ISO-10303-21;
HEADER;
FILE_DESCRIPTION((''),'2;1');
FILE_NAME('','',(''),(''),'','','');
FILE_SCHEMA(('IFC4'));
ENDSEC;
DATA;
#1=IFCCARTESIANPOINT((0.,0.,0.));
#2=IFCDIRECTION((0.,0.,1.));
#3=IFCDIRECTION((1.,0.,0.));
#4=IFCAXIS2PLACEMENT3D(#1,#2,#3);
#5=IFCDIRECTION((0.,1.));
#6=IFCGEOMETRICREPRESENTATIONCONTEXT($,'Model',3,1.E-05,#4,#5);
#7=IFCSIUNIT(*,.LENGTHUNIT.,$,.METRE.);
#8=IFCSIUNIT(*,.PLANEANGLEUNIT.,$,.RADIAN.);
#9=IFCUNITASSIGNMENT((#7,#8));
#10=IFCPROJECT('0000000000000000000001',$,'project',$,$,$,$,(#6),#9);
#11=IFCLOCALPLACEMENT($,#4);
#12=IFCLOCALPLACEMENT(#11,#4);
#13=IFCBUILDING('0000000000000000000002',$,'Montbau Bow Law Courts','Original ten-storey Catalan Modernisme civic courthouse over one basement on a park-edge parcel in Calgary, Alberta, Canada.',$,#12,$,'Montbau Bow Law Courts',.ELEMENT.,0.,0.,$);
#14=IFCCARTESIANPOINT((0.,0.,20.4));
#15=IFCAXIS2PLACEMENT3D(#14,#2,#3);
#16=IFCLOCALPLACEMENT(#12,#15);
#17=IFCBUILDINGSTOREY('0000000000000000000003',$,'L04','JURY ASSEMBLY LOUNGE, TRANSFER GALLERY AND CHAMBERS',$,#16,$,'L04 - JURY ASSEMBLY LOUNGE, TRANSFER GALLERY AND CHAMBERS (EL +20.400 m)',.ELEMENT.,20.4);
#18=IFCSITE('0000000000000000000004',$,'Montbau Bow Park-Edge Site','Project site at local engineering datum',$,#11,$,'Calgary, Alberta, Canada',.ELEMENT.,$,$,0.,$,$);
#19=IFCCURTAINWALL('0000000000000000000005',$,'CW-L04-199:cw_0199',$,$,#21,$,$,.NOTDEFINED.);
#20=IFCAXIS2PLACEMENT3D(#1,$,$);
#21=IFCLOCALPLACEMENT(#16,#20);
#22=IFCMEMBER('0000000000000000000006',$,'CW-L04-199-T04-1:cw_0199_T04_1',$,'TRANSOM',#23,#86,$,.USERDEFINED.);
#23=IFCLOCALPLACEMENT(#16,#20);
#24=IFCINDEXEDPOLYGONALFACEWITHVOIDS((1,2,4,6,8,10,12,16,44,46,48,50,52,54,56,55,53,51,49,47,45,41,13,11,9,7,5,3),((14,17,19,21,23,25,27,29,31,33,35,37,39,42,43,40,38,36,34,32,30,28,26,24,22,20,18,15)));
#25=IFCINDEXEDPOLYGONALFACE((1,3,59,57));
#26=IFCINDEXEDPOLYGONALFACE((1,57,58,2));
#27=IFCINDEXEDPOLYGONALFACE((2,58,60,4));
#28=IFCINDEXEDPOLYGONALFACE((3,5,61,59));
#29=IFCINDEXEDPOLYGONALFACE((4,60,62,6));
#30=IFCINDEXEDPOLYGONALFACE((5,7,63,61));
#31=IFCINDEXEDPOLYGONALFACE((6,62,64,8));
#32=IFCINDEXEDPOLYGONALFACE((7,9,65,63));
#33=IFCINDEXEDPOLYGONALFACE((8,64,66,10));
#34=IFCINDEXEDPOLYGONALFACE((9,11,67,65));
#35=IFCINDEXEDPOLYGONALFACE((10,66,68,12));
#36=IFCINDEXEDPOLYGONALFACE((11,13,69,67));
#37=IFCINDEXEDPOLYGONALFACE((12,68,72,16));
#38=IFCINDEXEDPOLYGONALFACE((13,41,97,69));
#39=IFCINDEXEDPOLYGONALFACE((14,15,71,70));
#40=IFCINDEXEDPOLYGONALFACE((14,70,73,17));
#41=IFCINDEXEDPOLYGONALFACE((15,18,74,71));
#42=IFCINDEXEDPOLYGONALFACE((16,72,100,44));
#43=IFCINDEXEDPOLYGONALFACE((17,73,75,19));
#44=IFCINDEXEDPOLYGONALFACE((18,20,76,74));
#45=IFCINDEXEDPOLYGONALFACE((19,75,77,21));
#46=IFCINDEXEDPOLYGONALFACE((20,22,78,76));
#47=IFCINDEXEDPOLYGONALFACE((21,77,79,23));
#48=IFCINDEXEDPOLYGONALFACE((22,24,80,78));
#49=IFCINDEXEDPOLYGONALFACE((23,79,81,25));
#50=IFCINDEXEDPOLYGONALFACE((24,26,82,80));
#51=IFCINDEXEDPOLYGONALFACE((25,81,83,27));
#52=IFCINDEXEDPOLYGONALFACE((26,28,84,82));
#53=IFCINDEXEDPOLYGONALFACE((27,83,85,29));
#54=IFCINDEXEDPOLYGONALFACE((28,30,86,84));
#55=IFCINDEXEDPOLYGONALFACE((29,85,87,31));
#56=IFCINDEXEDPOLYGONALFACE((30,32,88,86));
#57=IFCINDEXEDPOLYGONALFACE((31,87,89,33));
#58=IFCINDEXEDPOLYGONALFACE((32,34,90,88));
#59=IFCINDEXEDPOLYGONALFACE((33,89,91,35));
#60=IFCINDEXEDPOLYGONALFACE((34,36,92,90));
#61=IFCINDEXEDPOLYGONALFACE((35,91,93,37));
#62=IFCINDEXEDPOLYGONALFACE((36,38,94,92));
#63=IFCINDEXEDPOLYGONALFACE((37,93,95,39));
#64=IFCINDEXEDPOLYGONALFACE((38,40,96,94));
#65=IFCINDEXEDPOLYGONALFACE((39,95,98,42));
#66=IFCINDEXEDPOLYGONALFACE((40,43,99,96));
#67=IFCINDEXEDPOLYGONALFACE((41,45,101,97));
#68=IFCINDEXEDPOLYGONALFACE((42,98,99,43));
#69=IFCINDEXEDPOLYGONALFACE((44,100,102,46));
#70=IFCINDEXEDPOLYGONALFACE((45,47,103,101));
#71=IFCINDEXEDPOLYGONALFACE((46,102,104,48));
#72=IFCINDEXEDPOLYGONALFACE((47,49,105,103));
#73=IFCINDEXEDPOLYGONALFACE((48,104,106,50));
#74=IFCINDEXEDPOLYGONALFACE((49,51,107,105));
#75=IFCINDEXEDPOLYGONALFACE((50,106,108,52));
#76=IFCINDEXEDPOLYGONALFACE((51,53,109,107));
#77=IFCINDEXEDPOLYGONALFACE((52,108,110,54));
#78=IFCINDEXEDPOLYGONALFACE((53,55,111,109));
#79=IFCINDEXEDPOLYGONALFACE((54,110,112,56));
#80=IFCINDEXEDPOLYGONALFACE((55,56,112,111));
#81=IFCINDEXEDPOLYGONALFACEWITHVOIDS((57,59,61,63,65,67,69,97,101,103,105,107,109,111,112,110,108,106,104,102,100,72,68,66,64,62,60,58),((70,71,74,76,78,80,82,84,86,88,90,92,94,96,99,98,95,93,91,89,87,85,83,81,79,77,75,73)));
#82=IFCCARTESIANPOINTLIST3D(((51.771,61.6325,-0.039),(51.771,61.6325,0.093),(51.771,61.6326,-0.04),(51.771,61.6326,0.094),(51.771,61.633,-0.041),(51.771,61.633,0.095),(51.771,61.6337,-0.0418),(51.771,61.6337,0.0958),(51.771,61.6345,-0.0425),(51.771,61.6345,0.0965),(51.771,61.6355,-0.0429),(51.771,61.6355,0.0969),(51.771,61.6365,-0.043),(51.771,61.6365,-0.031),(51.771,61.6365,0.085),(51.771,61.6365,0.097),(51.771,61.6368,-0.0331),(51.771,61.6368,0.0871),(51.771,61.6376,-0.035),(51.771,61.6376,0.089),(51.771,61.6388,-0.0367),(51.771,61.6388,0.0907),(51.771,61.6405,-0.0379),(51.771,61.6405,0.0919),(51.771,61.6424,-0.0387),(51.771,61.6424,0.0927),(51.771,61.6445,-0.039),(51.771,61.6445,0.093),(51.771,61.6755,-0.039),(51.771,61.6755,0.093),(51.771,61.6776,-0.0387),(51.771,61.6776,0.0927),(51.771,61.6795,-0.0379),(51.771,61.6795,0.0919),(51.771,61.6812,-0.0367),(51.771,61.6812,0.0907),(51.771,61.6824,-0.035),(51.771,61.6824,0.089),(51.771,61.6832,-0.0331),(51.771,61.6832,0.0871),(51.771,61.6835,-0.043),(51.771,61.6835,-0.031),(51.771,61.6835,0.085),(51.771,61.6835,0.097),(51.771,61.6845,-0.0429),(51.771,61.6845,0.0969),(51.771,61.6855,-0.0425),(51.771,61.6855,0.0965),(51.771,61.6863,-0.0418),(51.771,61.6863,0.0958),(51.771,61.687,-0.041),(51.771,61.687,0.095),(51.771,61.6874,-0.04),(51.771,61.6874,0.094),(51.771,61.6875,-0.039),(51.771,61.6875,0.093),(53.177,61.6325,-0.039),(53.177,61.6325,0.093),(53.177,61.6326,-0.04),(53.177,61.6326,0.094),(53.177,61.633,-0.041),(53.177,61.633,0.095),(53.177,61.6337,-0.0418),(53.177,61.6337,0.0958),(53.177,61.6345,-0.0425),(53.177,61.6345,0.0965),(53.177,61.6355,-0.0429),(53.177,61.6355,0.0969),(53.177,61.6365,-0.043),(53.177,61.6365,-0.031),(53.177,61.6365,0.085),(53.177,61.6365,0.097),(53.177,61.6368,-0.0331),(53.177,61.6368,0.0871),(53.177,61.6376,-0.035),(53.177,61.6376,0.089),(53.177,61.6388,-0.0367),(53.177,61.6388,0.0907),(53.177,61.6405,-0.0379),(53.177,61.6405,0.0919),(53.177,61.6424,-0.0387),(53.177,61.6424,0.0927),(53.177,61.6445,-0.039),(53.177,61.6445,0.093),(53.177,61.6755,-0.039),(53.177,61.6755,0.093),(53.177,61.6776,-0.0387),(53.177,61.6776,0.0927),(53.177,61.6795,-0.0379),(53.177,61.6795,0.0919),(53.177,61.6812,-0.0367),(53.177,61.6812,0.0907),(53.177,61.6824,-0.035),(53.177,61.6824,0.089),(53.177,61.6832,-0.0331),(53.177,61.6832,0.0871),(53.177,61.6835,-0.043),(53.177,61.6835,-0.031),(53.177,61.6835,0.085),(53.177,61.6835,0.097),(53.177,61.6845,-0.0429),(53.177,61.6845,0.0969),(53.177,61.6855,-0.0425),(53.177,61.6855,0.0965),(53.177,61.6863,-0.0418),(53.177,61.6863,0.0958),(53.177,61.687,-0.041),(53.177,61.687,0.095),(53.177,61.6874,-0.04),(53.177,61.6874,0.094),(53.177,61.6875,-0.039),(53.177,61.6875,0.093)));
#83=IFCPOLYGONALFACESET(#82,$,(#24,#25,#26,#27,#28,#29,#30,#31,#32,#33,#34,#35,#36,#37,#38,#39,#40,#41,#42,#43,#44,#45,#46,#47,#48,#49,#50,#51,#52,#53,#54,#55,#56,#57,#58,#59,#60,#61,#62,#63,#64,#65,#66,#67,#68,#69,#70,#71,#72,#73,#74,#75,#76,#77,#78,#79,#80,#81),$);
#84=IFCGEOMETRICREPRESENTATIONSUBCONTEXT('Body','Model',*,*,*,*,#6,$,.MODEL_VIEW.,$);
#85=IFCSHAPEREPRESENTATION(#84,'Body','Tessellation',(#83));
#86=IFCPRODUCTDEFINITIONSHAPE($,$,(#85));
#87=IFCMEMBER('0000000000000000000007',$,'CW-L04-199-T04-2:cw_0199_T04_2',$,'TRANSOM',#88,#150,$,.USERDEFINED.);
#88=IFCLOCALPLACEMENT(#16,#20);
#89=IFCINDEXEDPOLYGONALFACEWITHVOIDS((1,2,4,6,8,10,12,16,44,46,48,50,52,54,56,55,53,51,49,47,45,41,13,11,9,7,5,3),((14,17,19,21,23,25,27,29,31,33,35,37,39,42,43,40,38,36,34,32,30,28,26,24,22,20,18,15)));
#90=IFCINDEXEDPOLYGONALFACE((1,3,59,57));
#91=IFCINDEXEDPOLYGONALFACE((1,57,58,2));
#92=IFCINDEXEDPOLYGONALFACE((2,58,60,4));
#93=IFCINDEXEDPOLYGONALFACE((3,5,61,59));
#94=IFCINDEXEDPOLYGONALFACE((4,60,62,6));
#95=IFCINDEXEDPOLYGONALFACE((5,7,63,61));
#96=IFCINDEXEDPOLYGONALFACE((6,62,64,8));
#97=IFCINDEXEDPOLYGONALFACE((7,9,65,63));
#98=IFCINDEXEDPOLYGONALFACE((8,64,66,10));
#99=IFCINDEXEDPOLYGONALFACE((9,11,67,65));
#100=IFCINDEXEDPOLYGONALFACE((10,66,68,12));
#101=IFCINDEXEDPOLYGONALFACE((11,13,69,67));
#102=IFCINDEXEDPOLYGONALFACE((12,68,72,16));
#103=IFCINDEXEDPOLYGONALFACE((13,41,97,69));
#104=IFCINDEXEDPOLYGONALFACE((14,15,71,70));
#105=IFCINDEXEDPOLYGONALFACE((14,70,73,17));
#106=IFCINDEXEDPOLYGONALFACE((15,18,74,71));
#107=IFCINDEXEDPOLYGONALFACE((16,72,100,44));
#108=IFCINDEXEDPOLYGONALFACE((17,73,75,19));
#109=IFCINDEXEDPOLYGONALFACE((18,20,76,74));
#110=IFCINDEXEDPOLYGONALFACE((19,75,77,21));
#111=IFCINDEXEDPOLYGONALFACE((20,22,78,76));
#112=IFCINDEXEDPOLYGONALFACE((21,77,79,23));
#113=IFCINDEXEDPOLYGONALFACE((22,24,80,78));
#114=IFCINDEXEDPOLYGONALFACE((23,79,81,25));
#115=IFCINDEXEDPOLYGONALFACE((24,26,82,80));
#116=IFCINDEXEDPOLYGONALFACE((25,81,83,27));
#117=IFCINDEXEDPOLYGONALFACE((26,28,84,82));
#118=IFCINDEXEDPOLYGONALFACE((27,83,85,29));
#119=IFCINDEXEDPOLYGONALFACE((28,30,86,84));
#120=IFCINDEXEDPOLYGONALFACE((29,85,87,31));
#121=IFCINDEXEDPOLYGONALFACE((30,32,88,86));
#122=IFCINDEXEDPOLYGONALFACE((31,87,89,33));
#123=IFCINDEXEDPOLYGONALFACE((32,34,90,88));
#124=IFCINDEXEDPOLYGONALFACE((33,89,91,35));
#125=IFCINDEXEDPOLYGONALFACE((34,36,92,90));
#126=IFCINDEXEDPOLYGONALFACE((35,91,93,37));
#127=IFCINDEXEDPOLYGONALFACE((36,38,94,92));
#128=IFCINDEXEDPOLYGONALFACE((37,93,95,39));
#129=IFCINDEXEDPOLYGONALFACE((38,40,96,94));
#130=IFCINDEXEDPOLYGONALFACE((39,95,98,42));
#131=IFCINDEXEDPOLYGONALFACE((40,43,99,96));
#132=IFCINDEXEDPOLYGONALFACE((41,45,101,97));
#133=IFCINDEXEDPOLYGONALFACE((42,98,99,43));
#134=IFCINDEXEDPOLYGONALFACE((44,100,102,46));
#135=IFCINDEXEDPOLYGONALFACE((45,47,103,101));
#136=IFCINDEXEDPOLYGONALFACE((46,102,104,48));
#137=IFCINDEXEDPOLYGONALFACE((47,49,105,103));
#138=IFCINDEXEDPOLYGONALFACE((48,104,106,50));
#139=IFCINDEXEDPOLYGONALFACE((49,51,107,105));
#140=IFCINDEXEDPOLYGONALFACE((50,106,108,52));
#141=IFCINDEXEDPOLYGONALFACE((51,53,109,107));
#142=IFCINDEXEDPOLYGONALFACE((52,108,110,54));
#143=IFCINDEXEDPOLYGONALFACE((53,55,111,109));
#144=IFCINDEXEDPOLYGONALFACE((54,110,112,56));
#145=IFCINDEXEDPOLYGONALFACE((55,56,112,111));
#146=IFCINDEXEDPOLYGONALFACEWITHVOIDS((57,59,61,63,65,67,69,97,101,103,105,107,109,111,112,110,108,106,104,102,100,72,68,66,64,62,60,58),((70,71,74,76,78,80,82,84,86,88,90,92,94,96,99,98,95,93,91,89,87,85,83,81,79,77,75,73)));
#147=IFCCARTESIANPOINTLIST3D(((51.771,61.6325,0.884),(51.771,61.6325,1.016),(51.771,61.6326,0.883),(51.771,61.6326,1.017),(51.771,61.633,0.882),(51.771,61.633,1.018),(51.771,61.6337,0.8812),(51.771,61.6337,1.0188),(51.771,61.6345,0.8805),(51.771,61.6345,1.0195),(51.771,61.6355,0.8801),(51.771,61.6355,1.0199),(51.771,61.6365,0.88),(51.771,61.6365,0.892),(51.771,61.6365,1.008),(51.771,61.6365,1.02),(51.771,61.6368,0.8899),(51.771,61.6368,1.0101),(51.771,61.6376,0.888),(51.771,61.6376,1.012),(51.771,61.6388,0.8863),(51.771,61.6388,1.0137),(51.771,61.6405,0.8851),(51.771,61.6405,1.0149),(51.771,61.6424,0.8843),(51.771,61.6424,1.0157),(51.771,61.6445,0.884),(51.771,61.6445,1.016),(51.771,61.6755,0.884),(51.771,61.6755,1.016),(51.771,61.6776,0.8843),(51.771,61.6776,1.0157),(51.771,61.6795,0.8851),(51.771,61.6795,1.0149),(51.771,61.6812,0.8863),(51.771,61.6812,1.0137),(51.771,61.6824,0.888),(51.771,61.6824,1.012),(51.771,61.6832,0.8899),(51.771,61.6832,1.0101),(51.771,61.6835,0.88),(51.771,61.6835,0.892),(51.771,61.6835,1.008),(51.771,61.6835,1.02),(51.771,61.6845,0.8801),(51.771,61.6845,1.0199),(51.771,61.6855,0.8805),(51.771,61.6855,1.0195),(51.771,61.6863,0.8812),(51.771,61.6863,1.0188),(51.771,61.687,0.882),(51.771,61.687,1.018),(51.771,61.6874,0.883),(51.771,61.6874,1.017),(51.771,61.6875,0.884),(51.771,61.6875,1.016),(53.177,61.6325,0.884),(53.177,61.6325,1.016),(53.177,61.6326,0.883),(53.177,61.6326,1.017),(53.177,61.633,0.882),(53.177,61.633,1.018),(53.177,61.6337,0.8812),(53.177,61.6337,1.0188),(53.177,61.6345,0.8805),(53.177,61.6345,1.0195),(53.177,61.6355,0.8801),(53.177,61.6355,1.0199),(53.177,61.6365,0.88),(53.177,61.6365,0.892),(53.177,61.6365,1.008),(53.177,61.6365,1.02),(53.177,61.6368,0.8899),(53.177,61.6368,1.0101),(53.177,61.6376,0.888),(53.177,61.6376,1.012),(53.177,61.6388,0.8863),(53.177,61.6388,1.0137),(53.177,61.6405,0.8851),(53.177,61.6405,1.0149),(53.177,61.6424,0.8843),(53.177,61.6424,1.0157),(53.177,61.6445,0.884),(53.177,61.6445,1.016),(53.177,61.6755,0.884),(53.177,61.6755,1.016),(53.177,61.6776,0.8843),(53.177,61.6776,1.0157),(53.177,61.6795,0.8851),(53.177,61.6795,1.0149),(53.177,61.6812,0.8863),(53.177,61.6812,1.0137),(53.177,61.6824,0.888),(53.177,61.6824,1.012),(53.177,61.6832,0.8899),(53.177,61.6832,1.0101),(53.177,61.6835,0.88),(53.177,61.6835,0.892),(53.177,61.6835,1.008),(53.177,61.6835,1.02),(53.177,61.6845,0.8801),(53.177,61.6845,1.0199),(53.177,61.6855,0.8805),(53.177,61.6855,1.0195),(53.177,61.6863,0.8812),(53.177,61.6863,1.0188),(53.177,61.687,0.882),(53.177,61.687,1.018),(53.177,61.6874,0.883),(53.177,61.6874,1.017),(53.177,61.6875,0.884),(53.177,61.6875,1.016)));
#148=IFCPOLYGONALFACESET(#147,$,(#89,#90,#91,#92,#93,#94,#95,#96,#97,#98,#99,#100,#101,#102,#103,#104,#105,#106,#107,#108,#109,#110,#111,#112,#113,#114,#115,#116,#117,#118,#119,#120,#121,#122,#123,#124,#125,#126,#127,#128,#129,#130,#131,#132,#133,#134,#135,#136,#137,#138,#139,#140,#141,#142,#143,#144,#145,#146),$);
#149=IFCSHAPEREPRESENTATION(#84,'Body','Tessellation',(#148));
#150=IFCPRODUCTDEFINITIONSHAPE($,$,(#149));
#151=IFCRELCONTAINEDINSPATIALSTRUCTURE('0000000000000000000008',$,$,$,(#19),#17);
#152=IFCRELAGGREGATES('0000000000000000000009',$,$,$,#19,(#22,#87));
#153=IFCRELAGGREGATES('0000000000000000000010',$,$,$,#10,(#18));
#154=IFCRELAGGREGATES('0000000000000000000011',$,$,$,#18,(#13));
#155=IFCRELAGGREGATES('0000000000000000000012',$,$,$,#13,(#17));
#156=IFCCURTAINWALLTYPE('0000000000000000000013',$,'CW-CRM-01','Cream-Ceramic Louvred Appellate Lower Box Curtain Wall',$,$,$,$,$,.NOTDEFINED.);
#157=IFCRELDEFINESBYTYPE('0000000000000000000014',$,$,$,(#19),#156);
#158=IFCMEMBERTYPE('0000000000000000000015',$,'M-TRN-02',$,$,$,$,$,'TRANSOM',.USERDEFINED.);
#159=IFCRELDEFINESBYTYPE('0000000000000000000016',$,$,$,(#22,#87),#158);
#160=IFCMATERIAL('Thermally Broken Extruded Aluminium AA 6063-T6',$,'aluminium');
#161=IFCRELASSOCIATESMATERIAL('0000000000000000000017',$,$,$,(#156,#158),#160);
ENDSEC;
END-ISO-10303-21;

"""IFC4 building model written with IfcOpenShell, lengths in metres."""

from ifc_helpers import new_model, si_unit, direction, frame, origin_with_axes, origin_2d_with_axis, place, context, subcontext, project, spatial, hollow_rectangle, extrude, material, material_profile, profile_set, type_object, element, aggregate, save


model = new_model("IFC4")

# Units and contexts
model_context = context("Model", 3, precision=1e-05, world=origin_with_axes(), true_north=direction((0.0, 1.0)))
body_context = subcontext(model_context, "Body", "Model", "MODEL_VIEW")
ifc_project = project(units=[si_unit("LENGTHUNIT", "METRE"), si_unit("PLANEANGLEUNIT", "RADIAN")], contexts=[model_context])

# Site, building, storey
site_placement = place(None, origin_with_axes())
site = spatial("IfcSite", under=ifc_project, at=site_placement, Name="Montbau Bow Park-Edge Site", Description="Project site at local engineering datum", LongName="Calgary, Alberta, Canada", CompositionType="ELEMENT", RefElevation=0.0)
building_placement = place(site_placement, origin_with_axes())
building = spatial("IfcBuilding", under=site, at=building_placement, Name="Montbau Bow Law Courts", Description="Original ten-storey Catalan Modernisme civic courthouse over one basement on a park-edge parcel in Calgary, Alberta, Canada.", LongName="Montbau Bow Law Courts", CompositionType="ELEMENT", ElevationOfRefHeight=0.0, ElevationOfTerrain=0.0)
storey_placement = place(building_placement, frame((0.0, 0.0, 20.4), z_axis=(0.0, 0.0, 1.0), x_axis=(1.0, 0.0, 0.0)))
storey = spatial("IfcBuildingStorey", under=building, at=storey_placement, Name="L04", Description="JURY ASSEMBLY LOUNGE, TRANSFER GALLERY AND CHAMBERS", LongName="L04 - JURY ASSEMBLY LOUNGE, TRANSFER GALLERY AND CHAMBERS (EL +20.400 m)", CompositionType="ELEMENT", Elevation=20.4)

# Curtain wall, members
ifc_material_1 = material(Name="Thermally Broken Extruded Aluminium AA 6063-T6", Category="aluminium")
curtain_wall_type = type_object("IfcCurtainWallType", Name="CW-CRM-01", Description="Cream-Ceramic Louvred Appellate Lower Box Curtain Wall", PredefinedType="NOTDEFINED", material=ifc_material_1)
curtain_wall_placement = place(None, frame((47.315, 61.66, 20.4), z_axis=(0.0, 0.0, 1.0), x_axis=(1.0, 0.0, 0.0)))
curtain_wall = element("IfcCurtainWall", 1, at=curtain_wall_placement, inside=storey, type_object=curtain_wall_type, Name="CW-L04-199:cw_0199", PredefinedType="NOTDEFINED")
ifc_material_profile_1 = material_profile(ifc_material_1, hollow_rectangle(XDim=0.055, YDim=0.14, WallThickness=0.004, InnerFilletRadius=0.008, OuterFilletRadius=0.004, at=origin_2d_with_axis()), Name="CWT-140X55", Category="Main", Priority=0)
ifc_profile_set_1 = profile_set([ifc_material_profile_1], Name="Thermally Broken Extruded Aluminium AA 6063-T6")
member_type_1 = type_object("IfcMemberType", Name="M-TRN-02", ElementType="TRANSOM", PredefinedType="USERDEFINED", material=ifc_profile_set_1)
member_1_placement = place(None, frame((51.771, 61.66, 20.427), z_axis=(1.0, 0.0, 0.0), x_axis=(0.0, 1.0, 0.0)))
member_1 = element("IfcMember", 2, at=member_1_placement, type_object=member_type_1, Name="CW-L04-199-T04-1:cw_0199_T04_1", ObjectType="TRANSOM", PredefinedType="USERDEFINED", context=body_context, shape_type="SweptSolid", body=[
    extrude(hollow_rectangle(XDim=0.055, YDim=0.14, WallThickness=0.004, InnerFilletRadius=0.008, OuterFilletRadius=0.004, at=origin_2d_with_axis()), origin_with_axes(), (0.0, 0.0, 1.0), 1.406),
])
member_2_placement = place(None, frame((51.771, 61.66, 21.35), z_axis=(1.0, 0.0, 0.0), x_axis=(0.0, 1.0, 0.0)))
member_2 = element("IfcMember", 3, at=member_2_placement, type_object=member_type_1, Name="CW-L04-199-T04-2:cw_0199_T04_2", ObjectType="TRANSOM", PredefinedType="USERDEFINED", context=body_context, shape_type="SweptSolid", body=[
    extrude(hollow_rectangle(XDim=0.055, YDim=0.14, WallThickness=0.004, InnerFilletRadius=0.008, OuterFilletRadius=0.004, at=origin_2d_with_axis()), origin_with_axes(), (0.0, 0.0, 1.0), 1.406),
])
aggregate(curtain_wall, [member_1, member_2])

save(model, "model.ifc")
